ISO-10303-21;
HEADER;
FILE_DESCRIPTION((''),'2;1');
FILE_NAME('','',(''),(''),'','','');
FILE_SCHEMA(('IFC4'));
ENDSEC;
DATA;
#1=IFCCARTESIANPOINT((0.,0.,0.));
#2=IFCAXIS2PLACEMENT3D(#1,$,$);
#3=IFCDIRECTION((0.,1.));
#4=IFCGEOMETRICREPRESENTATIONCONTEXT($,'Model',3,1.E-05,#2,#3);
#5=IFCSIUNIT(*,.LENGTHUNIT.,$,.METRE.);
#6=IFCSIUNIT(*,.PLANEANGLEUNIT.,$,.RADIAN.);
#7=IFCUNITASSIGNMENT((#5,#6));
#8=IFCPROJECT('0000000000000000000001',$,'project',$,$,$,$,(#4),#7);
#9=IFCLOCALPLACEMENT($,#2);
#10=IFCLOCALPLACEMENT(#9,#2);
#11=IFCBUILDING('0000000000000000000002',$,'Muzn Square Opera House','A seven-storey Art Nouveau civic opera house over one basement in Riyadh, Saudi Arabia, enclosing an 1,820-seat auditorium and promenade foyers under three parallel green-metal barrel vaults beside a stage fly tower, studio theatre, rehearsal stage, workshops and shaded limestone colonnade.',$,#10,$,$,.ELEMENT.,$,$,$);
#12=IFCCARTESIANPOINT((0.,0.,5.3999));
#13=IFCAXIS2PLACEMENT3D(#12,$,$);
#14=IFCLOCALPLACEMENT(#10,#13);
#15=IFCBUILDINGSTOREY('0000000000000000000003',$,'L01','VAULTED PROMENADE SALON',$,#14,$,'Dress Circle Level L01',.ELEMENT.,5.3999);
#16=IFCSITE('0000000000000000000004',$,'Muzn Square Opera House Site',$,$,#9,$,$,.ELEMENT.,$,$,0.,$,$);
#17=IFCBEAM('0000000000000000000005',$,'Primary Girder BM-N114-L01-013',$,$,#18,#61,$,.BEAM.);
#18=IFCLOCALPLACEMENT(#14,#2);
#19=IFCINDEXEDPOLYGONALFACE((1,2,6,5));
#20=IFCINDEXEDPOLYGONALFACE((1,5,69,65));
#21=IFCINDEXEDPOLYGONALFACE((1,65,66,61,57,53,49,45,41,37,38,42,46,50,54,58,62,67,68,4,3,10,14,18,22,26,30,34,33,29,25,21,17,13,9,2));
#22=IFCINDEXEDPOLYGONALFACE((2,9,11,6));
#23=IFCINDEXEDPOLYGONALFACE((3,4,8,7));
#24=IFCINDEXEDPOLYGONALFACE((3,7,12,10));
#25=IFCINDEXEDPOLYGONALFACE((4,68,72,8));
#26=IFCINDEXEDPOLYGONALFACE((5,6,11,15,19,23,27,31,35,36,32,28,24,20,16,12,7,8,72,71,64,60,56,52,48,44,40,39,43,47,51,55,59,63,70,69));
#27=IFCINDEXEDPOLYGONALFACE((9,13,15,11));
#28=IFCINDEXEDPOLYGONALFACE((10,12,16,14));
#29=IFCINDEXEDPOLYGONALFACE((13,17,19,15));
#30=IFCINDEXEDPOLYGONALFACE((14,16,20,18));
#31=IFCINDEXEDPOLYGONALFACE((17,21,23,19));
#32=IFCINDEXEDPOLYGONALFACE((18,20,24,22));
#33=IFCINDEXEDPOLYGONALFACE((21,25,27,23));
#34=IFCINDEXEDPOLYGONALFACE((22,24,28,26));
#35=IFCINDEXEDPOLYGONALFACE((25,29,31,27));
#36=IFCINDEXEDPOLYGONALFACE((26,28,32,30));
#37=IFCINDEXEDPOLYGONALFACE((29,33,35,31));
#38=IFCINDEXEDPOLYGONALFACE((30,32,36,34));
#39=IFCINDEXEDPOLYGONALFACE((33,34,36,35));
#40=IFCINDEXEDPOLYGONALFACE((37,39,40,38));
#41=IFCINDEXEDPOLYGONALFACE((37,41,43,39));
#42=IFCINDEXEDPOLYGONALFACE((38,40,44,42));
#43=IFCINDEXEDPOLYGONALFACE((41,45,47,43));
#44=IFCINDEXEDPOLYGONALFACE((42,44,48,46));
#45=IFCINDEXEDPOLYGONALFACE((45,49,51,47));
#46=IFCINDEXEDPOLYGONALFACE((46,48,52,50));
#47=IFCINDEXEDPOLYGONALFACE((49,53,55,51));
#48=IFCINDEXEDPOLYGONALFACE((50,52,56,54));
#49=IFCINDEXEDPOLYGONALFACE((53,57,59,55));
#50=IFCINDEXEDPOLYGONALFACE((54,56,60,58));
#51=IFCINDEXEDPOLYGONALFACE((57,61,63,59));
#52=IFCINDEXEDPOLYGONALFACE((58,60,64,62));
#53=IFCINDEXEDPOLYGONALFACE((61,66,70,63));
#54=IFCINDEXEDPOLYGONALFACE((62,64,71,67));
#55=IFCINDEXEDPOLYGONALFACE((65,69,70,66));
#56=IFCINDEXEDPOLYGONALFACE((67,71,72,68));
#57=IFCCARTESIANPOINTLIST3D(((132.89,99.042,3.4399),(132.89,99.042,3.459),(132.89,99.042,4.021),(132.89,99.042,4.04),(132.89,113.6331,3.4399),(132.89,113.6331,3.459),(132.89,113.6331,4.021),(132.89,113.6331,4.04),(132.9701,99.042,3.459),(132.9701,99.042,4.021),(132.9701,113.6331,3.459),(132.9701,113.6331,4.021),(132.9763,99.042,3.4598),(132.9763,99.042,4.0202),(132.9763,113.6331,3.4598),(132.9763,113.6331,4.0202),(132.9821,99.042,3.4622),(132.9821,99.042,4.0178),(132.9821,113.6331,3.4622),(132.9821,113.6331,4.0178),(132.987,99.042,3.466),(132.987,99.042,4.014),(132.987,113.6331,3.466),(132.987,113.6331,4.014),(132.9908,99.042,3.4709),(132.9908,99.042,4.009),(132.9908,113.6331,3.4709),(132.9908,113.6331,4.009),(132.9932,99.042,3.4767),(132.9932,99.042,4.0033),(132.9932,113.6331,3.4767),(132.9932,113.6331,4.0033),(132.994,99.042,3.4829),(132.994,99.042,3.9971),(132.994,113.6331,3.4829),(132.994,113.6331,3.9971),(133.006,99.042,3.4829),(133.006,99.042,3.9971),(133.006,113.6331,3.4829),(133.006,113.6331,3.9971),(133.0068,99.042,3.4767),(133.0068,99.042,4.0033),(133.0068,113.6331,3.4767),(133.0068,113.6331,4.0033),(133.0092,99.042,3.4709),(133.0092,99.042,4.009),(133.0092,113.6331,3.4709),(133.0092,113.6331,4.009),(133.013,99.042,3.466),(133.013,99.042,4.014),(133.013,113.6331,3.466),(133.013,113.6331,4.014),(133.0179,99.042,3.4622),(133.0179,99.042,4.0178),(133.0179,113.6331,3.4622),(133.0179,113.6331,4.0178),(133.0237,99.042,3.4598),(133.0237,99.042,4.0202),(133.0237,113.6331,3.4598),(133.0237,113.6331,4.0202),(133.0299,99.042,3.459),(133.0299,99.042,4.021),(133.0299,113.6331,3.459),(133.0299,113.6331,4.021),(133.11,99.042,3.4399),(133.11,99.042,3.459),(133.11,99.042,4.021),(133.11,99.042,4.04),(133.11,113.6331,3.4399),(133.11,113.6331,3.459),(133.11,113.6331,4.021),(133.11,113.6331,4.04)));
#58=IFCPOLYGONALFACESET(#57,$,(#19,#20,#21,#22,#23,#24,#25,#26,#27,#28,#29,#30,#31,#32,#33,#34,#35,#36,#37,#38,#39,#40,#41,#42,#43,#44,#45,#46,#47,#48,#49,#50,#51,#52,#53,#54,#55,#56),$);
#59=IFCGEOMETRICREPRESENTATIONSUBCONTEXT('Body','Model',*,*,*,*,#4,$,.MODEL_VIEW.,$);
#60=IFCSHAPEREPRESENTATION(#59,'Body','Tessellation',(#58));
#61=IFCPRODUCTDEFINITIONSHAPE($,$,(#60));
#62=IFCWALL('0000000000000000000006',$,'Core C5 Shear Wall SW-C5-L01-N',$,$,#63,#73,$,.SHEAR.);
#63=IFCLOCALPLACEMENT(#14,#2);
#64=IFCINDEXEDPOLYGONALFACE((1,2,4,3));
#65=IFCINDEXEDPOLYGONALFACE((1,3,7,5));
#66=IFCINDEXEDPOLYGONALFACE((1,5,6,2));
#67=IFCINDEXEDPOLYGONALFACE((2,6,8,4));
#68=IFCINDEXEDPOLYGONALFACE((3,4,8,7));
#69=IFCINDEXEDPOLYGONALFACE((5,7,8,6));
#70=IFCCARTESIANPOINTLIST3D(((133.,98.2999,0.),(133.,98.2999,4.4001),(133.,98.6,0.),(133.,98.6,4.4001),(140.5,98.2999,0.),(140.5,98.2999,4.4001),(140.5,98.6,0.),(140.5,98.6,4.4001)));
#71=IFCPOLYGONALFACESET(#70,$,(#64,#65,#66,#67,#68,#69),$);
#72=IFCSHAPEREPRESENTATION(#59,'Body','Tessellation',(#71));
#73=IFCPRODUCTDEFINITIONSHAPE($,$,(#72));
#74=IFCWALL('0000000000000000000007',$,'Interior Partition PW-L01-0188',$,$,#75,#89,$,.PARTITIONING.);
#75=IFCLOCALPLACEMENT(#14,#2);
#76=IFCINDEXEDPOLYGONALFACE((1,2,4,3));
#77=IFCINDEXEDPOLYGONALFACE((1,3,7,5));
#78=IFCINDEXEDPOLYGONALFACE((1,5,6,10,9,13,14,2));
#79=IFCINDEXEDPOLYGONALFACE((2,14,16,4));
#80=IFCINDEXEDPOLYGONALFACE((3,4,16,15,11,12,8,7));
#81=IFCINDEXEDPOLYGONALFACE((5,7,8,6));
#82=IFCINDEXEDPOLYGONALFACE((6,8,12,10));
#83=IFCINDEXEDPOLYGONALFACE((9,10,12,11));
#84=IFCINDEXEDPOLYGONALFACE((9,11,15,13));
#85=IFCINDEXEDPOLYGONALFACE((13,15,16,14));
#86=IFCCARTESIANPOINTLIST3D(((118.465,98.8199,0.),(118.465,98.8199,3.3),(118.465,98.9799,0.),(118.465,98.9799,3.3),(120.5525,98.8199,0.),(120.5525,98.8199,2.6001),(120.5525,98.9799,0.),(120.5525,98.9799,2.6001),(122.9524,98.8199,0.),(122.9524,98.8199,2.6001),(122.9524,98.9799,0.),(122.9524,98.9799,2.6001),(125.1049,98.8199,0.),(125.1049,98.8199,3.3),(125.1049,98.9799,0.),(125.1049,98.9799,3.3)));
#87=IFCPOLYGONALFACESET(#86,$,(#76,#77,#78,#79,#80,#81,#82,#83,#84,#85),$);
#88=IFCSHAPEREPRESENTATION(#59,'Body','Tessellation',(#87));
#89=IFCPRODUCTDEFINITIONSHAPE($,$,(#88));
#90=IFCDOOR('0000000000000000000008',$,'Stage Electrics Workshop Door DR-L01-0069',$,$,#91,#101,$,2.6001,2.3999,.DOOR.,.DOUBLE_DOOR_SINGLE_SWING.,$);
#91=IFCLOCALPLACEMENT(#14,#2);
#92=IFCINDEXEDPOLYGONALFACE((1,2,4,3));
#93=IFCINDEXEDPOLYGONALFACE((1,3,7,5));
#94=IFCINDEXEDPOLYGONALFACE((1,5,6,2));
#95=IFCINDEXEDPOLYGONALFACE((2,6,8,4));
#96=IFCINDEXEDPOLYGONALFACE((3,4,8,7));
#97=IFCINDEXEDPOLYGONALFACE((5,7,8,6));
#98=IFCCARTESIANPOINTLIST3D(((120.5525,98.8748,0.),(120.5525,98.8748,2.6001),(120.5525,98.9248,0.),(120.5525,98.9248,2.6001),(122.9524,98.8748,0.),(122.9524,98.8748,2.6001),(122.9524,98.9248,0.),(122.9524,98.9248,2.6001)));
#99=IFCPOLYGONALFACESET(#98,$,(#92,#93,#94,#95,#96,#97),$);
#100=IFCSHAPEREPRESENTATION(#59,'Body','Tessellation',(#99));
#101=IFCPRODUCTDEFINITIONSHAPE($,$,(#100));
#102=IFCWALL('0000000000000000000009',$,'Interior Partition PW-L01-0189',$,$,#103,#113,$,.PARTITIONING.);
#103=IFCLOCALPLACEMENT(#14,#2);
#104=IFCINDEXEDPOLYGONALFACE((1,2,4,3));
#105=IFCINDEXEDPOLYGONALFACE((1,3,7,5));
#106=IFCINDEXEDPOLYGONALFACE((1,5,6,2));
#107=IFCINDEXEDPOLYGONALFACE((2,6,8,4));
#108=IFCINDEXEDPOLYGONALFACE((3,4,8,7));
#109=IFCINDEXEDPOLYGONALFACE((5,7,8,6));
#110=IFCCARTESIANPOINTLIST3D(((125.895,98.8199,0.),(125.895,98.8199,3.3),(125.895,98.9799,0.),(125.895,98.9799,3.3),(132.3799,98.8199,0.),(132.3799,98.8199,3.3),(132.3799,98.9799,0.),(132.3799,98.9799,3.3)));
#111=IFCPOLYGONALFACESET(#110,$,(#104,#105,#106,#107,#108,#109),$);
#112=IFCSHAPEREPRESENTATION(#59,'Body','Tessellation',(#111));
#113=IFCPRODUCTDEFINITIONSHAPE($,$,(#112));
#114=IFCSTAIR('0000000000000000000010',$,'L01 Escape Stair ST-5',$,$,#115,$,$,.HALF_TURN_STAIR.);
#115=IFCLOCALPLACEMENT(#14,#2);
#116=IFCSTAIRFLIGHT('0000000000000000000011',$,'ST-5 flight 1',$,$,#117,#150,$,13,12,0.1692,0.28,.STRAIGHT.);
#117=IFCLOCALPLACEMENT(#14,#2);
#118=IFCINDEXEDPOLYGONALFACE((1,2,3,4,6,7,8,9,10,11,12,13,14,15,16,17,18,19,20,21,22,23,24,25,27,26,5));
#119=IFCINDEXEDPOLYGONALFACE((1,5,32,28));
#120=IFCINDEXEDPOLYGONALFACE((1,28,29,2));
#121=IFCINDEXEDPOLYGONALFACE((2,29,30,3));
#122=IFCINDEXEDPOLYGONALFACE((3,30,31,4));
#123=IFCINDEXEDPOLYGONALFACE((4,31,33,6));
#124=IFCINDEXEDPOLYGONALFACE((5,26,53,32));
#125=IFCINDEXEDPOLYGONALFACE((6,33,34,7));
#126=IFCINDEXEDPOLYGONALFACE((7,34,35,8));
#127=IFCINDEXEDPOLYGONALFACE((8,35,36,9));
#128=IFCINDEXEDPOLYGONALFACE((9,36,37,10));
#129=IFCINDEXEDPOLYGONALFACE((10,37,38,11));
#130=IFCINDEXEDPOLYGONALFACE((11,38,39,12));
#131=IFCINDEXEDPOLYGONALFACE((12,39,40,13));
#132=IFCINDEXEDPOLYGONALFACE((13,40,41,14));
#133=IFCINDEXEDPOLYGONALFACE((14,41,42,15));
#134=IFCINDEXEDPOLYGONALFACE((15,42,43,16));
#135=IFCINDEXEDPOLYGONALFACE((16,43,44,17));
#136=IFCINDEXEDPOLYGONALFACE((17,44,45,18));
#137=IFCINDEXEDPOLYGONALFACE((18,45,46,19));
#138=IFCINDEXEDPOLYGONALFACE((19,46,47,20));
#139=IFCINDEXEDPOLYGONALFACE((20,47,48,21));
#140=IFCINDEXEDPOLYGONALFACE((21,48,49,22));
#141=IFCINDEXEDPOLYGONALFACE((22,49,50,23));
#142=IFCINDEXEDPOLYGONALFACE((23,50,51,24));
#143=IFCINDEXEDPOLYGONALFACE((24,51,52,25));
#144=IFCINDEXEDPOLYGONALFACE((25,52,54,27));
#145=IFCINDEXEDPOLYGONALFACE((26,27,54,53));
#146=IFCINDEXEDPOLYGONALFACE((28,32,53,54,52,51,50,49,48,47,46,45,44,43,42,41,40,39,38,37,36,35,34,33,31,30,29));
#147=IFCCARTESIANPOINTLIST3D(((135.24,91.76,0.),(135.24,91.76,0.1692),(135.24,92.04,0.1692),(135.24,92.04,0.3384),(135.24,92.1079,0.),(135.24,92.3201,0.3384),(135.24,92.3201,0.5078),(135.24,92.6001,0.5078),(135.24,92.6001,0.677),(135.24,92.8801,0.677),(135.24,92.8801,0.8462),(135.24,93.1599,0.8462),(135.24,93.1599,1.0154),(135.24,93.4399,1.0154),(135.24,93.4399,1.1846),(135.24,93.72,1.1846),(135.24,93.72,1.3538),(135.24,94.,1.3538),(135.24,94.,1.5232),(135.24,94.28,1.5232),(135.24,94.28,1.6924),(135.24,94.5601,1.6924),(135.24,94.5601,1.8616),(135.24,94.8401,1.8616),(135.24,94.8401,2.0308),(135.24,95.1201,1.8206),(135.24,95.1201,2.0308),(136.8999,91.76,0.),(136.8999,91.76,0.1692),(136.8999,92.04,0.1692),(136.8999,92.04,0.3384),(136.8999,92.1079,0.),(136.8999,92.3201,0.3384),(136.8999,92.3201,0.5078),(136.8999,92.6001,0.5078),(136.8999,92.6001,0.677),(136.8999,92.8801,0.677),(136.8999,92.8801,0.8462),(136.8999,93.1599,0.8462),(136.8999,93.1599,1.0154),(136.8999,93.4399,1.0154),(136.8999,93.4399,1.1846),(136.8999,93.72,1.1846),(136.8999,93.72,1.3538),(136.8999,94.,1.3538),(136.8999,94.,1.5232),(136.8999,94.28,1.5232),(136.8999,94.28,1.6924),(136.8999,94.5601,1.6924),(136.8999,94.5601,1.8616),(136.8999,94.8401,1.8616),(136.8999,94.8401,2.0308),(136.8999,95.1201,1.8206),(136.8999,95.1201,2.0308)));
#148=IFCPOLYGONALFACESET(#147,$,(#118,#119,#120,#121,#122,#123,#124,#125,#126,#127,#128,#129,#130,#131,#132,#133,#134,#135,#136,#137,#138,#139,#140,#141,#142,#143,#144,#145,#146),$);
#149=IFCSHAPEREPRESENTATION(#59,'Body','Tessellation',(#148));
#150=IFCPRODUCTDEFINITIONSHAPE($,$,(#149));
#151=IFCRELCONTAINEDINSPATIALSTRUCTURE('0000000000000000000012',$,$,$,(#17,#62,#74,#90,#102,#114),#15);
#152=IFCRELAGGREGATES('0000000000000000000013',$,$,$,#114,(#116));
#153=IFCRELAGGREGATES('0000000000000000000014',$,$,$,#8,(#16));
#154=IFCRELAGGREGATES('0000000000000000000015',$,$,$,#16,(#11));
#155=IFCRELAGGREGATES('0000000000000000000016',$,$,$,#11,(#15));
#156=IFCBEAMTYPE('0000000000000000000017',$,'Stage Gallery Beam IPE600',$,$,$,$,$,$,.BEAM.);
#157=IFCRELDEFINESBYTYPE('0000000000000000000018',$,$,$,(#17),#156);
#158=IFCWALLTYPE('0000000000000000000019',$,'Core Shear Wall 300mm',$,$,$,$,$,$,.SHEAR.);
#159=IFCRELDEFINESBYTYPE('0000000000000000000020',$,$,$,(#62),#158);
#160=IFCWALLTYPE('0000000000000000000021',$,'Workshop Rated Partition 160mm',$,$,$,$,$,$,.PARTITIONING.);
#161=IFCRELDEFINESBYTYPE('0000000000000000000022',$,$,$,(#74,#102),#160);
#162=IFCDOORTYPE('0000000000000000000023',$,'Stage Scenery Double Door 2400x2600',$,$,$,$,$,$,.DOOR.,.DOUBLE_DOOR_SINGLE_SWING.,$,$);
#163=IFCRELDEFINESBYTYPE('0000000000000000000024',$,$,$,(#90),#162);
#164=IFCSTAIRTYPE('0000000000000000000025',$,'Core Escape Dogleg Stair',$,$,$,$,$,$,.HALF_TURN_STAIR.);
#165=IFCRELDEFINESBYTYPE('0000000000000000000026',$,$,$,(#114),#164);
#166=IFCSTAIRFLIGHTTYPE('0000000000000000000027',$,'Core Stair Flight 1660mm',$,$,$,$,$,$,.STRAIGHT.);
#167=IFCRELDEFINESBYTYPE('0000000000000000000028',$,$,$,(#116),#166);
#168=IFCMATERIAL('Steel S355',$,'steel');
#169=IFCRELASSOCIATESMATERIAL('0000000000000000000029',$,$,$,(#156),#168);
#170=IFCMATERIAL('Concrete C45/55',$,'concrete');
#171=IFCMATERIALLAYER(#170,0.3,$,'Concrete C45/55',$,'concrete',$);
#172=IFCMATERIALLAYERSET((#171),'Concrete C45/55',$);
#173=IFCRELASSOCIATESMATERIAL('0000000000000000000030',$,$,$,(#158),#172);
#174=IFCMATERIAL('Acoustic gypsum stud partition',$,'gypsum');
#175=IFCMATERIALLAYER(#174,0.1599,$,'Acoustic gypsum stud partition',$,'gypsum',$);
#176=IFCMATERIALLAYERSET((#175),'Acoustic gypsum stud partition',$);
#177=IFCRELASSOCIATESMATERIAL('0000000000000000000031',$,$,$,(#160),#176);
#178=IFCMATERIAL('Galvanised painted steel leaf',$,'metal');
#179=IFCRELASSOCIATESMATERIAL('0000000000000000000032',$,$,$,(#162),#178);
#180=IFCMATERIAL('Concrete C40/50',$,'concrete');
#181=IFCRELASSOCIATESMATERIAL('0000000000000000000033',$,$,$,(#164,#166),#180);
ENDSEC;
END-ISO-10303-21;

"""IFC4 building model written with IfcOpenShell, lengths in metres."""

from ifc_helpers import new_model, si_unit, direction, frame, frame_2d, origin, origin_2d, place, context, subcontext, project, spatial, polyline, rectangle, i_section, outline, extrude, material, layer, layer_set, material_profile, profile_set, type_object, element, fill, aggregate, save


model = new_model("IFC4")

# Units and contexts
model_context = context("Model", 3, precision=1e-05, world=origin(), true_north=direction((0.0, 1.0)))
body_context = subcontext(model_context, "Body", "Model", "MODEL_VIEW")
ifc_project = project(units=[si_unit("LENGTHUNIT", "METRE"), si_unit("PLANEANGLEUNIT", "RADIAN")], contexts=[model_context])

# Site, building, storey
site_placement = place(None, origin())
site = spatial("IfcSite", under=ifc_project, at=site_placement, Name="Muzn Square Opera House Site", CompositionType="ELEMENT", RefElevation=0.0)
building_placement = place(site_placement, origin())
building = spatial("IfcBuilding", under=site, at=building_placement, Name="Muzn Square Opera House", Description="A seven-storey Art Nouveau civic opera house over one basement in Riyadh, Saudi Arabia, enclosing an 1,820-seat auditorium and promenade foyers under three parallel green-metal barrel vaults beside a stage fly tower, studio theatre, rehearsal stage, workshops and shaded limestone colonnade.", CompositionType="ELEMENT")
storey_placement = place(building_placement, frame((0.0, 0.0, 5.3999)))
storey = spatial("IfcBuildingStorey", under=building, at=storey_placement, Name="L01", Description="VAULTED PROMENADE SALON", LongName="Dress Circle Level L01", CompositionType="ELEMENT", Elevation=5.3999)

# Shared definitions
ifc_material_1 = material(Name="Concrete C45/55", Category="concrete")

# Beam
ifc_material_2 = material(Name="Concrete C40/50", Category="concrete")
ifc_material_3 = material(Name="Steel S355", Category="steel")
ifc_material_profile_1 = material_profile(ifc_material_3, i_section(OverallWidth=0.22, OverallDepth=0.6001, WebThickness=0.012, FlangeThickness=0.019, FilletRadius=0.0239, at=origin_2d()), Name="IPE 600", Category="steel")
ifc_profile_set_1 = profile_set([ifc_material_profile_1], Name="Steel S355")
beam_type_1 = type_object("IfcBeamType", Name="Stage Gallery Beam IPE600", PredefinedType="BEAM", material=ifc_profile_set_1)
beam_1_placement = place(storey_placement, frame((133.0, 99.042, 3.74), z_axis=(0.0, 1.0, 0.0), x_axis=(-1.0, 0.0, 0.0)))
element("IfcBeam", 1, at=beam_1_placement, inside=storey, type_object=beam_type_1, Name="Primary Girder BM-N114-L01-013", PredefinedType="BEAM", context=body_context, shape_type="SweptSolid", body=[
    extrude(i_section(OverallWidth=0.22, OverallDepth=0.6001, WebThickness=0.012, FlangeThickness=0.019, FilletRadius=0.0239, at=origin_2d()), origin(), (0.0, 0.0, 1.0), 14.5911),
])

# Wall
ifc_layer_1 = layer(ifc_material_1, 0.3, Name="Concrete C45/55", Category="concrete")
ifc_layer_set_1 = layer_set([ifc_layer_1], Name="Concrete C45/55")
wall_type_1 = type_object("IfcWallType", Name="Core Shear Wall 300mm", PredefinedType="SHEAR", material=ifc_layer_set_1)
wall_1_placement = place(storey_placement, frame((133.0, 98.45, 0.0), z_axis=(0.0, 0.0, 1.0), x_axis=(1.0, 0.0, 0.0)))
element("IfcWall", 2, at=wall_1_placement, inside=storey, type_object=wall_type_1, Name="Core C5 Shear Wall SW-C5-L01-N", PredefinedType="SHEAR", context=body_context, shape_type="SweptSolid", body=[
    extrude(rectangle(XDim=7.5, YDim=0.3, at=frame_2d((3.75, 0.0))), origin(), (0.0, 0.0, 1.0), 4.4001),
])

# Wall, opening, door
ifc_material_4 = material(Name="Acoustic gypsum stud partition", Category="gypsum")
ifc_layer_2 = layer(ifc_material_4, 0.1599, Name="Acoustic gypsum stud partition", Category="gypsum")
ifc_layer_set_2 = layer_set([ifc_layer_2], Name="Acoustic gypsum stud partition")
wall_type_2 = type_object("IfcWallType", Name="Workshop Rated Partition 160mm", PredefinedType="PARTITIONING", material=ifc_layer_set_2)
wall_2_placement = place(storey_placement, frame((118.4651, 98.8999, 0.0), z_axis=(0.0, 0.0, 1.0), x_axis=(1.0, 0.0, 0.0)))
wall_2 = element("IfcWall", 3, at=wall_2_placement, inside=storey, type_object=wall_type_2, Name="Interior Partition PW-L01-0188", PredefinedType="PARTITIONING", context=body_context, shape_type="SweptSolid", body=[
    extrude(rectangle(XDim=6.6399, YDim=0.1599, at=frame_2d((3.3198, 0.0))), origin(), (0.0, 0.0, 1.0), 3.3),
])
opening_placement = place(wall_2_placement, frame((2.0874, 0.0, 0.0)))
opening = element("IfcOpeningElement", 4, at=opening_placement, cuts=wall_2, PredefinedType="OPENING", context=body_context, shape_type="SweptSolid", body=[
    extrude(rectangle(XDim=2.3999, YDim=2.6001, at=frame_2d((1.2, 1.3))), frame((0.0, 0.0898, 0.0), z_axis=(0.0, -1.0, 0.0), x_axis=(1.0, 0.0, 0.0)), (0.0, 0.0, 1.0), 0.1799),
])
ifc_material_5 = material(Name="Galvanised painted steel leaf", Category="metal")
door_type = type_object("IfcDoorType", Name="Stage Scenery Double Door 2400x2600", OperationType="DOUBLE_DOOR_SINGLE_SWING", PredefinedType="DOOR", material=ifc_material_5)
door_placement = place(opening_placement, origin())
door = element("IfcDoor", 5, at=door_placement, inside=storey, type_object=door_type, Name="Stage Electrics Workshop Door DR-L01-0069", OperationType="DOUBLE_DOOR_SINGLE_SWING", OverallHeight=2.6001, OverallWidth=2.3999, PredefinedType="DOOR", context=body_context, shape_type="SweptSolid", body=[
    extrude(rectangle(XDim=2.3999, YDim=2.6001, at=frame_2d((1.2, 1.3))), frame((0.0, 0.0249, 0.0), z_axis=(0.0, -1.0, 0.0), x_axis=(1.0, 0.0, 0.0)), (0.0, 0.0, 1.0), 0.05),
])
fill(opening, door)

# Wall
wall_3_placement = place(storey_placement, frame((125.895, 98.8999, 0.0), z_axis=(0.0, 0.0, 1.0), x_axis=(1.0, 0.0, 0.0)))
element("IfcWall", 6, at=wall_3_placement, inside=storey, type_object=wall_type_2, Name="Interior Partition PW-L01-0189", PredefinedType="PARTITIONING", context=body_context, shape_type="SweptSolid", body=[
    extrude(rectangle(XDim=6.4849, YDim=0.1599, at=frame_2d((3.2424, 0.0))), origin(), (0.0, 0.0, 1.0), 3.3),
])

# Stair, stair flight
stair_type = type_object("IfcStairType", Name="Core Escape Dogleg Stair", PredefinedType="HALF_TURN_STAIR", material=ifc_material_2)
stair_placement = place(storey_placement, origin())
stair = element("IfcStair", 7, at=stair_placement, inside=storey, type_object=stair_type, Name="L01 Escape Stair ST-5", PredefinedType="HALF_TURN_STAIR")
stair_flight_type = type_object("IfcStairFlightType", Name="Core Stair Flight 1660mm", PredefinedType="STRAIGHT", material=ifc_material_2)
stair_flight_1_placement = place(storey_placement, frame((136.0701, 91.76, 0.0), z_axis=(0.0, 0.0, 1.0), x_axis=(0.0, 1.0, 0.0)))
stair_flight_1 = element("IfcStairFlight", 8, at=stair_flight_1_placement, type_object=stair_flight_type, Name="ST-5 flight 1", NumberOfRisers=13, NumberOfTreads=12, PredefinedType="STRAIGHT", RiserHeight=0.1692, TreadLength=0.28, context=body_context, shape_type="SweptSolid", body=[
    extrude(outline(polyline([(0.0, 0.0), (0.0, 0.1692), (0.28, 0.1692), (0.28, 0.3384), (0.5601, 0.3384), (0.5601, 0.5078), (0.8401, 0.5078), (0.8401, 0.677), (1.1201, 0.677), (1.1201, 0.8462), (1.3999, 0.8462), (1.3999, 1.0154), (1.6799, 1.0154), (1.6799, 1.1846), (1.96, 1.1846), (1.96, 1.3538), (2.24, 1.3538), (2.24, 1.5232), (2.52, 1.5232), (2.52, 1.6924), (2.8, 1.6924), (2.8, 1.8616), (3.0801, 1.8616), (3.0801, 2.0308), (3.3601, 2.0308), (3.3601, 2.2), (3.3601, 1.8206), (0.3479, 0.0), (0.0, 0.0)])), frame((0.0, 0.8301, 0.0), z_axis=(0.0, -1.0, 0.0), x_axis=(1.0, 0.0, 0.0)), (0.0, 0.0, 1.0), 1.6599),
])
aggregate(stair, [stair_flight_1])

save(model, "model.ifc")
